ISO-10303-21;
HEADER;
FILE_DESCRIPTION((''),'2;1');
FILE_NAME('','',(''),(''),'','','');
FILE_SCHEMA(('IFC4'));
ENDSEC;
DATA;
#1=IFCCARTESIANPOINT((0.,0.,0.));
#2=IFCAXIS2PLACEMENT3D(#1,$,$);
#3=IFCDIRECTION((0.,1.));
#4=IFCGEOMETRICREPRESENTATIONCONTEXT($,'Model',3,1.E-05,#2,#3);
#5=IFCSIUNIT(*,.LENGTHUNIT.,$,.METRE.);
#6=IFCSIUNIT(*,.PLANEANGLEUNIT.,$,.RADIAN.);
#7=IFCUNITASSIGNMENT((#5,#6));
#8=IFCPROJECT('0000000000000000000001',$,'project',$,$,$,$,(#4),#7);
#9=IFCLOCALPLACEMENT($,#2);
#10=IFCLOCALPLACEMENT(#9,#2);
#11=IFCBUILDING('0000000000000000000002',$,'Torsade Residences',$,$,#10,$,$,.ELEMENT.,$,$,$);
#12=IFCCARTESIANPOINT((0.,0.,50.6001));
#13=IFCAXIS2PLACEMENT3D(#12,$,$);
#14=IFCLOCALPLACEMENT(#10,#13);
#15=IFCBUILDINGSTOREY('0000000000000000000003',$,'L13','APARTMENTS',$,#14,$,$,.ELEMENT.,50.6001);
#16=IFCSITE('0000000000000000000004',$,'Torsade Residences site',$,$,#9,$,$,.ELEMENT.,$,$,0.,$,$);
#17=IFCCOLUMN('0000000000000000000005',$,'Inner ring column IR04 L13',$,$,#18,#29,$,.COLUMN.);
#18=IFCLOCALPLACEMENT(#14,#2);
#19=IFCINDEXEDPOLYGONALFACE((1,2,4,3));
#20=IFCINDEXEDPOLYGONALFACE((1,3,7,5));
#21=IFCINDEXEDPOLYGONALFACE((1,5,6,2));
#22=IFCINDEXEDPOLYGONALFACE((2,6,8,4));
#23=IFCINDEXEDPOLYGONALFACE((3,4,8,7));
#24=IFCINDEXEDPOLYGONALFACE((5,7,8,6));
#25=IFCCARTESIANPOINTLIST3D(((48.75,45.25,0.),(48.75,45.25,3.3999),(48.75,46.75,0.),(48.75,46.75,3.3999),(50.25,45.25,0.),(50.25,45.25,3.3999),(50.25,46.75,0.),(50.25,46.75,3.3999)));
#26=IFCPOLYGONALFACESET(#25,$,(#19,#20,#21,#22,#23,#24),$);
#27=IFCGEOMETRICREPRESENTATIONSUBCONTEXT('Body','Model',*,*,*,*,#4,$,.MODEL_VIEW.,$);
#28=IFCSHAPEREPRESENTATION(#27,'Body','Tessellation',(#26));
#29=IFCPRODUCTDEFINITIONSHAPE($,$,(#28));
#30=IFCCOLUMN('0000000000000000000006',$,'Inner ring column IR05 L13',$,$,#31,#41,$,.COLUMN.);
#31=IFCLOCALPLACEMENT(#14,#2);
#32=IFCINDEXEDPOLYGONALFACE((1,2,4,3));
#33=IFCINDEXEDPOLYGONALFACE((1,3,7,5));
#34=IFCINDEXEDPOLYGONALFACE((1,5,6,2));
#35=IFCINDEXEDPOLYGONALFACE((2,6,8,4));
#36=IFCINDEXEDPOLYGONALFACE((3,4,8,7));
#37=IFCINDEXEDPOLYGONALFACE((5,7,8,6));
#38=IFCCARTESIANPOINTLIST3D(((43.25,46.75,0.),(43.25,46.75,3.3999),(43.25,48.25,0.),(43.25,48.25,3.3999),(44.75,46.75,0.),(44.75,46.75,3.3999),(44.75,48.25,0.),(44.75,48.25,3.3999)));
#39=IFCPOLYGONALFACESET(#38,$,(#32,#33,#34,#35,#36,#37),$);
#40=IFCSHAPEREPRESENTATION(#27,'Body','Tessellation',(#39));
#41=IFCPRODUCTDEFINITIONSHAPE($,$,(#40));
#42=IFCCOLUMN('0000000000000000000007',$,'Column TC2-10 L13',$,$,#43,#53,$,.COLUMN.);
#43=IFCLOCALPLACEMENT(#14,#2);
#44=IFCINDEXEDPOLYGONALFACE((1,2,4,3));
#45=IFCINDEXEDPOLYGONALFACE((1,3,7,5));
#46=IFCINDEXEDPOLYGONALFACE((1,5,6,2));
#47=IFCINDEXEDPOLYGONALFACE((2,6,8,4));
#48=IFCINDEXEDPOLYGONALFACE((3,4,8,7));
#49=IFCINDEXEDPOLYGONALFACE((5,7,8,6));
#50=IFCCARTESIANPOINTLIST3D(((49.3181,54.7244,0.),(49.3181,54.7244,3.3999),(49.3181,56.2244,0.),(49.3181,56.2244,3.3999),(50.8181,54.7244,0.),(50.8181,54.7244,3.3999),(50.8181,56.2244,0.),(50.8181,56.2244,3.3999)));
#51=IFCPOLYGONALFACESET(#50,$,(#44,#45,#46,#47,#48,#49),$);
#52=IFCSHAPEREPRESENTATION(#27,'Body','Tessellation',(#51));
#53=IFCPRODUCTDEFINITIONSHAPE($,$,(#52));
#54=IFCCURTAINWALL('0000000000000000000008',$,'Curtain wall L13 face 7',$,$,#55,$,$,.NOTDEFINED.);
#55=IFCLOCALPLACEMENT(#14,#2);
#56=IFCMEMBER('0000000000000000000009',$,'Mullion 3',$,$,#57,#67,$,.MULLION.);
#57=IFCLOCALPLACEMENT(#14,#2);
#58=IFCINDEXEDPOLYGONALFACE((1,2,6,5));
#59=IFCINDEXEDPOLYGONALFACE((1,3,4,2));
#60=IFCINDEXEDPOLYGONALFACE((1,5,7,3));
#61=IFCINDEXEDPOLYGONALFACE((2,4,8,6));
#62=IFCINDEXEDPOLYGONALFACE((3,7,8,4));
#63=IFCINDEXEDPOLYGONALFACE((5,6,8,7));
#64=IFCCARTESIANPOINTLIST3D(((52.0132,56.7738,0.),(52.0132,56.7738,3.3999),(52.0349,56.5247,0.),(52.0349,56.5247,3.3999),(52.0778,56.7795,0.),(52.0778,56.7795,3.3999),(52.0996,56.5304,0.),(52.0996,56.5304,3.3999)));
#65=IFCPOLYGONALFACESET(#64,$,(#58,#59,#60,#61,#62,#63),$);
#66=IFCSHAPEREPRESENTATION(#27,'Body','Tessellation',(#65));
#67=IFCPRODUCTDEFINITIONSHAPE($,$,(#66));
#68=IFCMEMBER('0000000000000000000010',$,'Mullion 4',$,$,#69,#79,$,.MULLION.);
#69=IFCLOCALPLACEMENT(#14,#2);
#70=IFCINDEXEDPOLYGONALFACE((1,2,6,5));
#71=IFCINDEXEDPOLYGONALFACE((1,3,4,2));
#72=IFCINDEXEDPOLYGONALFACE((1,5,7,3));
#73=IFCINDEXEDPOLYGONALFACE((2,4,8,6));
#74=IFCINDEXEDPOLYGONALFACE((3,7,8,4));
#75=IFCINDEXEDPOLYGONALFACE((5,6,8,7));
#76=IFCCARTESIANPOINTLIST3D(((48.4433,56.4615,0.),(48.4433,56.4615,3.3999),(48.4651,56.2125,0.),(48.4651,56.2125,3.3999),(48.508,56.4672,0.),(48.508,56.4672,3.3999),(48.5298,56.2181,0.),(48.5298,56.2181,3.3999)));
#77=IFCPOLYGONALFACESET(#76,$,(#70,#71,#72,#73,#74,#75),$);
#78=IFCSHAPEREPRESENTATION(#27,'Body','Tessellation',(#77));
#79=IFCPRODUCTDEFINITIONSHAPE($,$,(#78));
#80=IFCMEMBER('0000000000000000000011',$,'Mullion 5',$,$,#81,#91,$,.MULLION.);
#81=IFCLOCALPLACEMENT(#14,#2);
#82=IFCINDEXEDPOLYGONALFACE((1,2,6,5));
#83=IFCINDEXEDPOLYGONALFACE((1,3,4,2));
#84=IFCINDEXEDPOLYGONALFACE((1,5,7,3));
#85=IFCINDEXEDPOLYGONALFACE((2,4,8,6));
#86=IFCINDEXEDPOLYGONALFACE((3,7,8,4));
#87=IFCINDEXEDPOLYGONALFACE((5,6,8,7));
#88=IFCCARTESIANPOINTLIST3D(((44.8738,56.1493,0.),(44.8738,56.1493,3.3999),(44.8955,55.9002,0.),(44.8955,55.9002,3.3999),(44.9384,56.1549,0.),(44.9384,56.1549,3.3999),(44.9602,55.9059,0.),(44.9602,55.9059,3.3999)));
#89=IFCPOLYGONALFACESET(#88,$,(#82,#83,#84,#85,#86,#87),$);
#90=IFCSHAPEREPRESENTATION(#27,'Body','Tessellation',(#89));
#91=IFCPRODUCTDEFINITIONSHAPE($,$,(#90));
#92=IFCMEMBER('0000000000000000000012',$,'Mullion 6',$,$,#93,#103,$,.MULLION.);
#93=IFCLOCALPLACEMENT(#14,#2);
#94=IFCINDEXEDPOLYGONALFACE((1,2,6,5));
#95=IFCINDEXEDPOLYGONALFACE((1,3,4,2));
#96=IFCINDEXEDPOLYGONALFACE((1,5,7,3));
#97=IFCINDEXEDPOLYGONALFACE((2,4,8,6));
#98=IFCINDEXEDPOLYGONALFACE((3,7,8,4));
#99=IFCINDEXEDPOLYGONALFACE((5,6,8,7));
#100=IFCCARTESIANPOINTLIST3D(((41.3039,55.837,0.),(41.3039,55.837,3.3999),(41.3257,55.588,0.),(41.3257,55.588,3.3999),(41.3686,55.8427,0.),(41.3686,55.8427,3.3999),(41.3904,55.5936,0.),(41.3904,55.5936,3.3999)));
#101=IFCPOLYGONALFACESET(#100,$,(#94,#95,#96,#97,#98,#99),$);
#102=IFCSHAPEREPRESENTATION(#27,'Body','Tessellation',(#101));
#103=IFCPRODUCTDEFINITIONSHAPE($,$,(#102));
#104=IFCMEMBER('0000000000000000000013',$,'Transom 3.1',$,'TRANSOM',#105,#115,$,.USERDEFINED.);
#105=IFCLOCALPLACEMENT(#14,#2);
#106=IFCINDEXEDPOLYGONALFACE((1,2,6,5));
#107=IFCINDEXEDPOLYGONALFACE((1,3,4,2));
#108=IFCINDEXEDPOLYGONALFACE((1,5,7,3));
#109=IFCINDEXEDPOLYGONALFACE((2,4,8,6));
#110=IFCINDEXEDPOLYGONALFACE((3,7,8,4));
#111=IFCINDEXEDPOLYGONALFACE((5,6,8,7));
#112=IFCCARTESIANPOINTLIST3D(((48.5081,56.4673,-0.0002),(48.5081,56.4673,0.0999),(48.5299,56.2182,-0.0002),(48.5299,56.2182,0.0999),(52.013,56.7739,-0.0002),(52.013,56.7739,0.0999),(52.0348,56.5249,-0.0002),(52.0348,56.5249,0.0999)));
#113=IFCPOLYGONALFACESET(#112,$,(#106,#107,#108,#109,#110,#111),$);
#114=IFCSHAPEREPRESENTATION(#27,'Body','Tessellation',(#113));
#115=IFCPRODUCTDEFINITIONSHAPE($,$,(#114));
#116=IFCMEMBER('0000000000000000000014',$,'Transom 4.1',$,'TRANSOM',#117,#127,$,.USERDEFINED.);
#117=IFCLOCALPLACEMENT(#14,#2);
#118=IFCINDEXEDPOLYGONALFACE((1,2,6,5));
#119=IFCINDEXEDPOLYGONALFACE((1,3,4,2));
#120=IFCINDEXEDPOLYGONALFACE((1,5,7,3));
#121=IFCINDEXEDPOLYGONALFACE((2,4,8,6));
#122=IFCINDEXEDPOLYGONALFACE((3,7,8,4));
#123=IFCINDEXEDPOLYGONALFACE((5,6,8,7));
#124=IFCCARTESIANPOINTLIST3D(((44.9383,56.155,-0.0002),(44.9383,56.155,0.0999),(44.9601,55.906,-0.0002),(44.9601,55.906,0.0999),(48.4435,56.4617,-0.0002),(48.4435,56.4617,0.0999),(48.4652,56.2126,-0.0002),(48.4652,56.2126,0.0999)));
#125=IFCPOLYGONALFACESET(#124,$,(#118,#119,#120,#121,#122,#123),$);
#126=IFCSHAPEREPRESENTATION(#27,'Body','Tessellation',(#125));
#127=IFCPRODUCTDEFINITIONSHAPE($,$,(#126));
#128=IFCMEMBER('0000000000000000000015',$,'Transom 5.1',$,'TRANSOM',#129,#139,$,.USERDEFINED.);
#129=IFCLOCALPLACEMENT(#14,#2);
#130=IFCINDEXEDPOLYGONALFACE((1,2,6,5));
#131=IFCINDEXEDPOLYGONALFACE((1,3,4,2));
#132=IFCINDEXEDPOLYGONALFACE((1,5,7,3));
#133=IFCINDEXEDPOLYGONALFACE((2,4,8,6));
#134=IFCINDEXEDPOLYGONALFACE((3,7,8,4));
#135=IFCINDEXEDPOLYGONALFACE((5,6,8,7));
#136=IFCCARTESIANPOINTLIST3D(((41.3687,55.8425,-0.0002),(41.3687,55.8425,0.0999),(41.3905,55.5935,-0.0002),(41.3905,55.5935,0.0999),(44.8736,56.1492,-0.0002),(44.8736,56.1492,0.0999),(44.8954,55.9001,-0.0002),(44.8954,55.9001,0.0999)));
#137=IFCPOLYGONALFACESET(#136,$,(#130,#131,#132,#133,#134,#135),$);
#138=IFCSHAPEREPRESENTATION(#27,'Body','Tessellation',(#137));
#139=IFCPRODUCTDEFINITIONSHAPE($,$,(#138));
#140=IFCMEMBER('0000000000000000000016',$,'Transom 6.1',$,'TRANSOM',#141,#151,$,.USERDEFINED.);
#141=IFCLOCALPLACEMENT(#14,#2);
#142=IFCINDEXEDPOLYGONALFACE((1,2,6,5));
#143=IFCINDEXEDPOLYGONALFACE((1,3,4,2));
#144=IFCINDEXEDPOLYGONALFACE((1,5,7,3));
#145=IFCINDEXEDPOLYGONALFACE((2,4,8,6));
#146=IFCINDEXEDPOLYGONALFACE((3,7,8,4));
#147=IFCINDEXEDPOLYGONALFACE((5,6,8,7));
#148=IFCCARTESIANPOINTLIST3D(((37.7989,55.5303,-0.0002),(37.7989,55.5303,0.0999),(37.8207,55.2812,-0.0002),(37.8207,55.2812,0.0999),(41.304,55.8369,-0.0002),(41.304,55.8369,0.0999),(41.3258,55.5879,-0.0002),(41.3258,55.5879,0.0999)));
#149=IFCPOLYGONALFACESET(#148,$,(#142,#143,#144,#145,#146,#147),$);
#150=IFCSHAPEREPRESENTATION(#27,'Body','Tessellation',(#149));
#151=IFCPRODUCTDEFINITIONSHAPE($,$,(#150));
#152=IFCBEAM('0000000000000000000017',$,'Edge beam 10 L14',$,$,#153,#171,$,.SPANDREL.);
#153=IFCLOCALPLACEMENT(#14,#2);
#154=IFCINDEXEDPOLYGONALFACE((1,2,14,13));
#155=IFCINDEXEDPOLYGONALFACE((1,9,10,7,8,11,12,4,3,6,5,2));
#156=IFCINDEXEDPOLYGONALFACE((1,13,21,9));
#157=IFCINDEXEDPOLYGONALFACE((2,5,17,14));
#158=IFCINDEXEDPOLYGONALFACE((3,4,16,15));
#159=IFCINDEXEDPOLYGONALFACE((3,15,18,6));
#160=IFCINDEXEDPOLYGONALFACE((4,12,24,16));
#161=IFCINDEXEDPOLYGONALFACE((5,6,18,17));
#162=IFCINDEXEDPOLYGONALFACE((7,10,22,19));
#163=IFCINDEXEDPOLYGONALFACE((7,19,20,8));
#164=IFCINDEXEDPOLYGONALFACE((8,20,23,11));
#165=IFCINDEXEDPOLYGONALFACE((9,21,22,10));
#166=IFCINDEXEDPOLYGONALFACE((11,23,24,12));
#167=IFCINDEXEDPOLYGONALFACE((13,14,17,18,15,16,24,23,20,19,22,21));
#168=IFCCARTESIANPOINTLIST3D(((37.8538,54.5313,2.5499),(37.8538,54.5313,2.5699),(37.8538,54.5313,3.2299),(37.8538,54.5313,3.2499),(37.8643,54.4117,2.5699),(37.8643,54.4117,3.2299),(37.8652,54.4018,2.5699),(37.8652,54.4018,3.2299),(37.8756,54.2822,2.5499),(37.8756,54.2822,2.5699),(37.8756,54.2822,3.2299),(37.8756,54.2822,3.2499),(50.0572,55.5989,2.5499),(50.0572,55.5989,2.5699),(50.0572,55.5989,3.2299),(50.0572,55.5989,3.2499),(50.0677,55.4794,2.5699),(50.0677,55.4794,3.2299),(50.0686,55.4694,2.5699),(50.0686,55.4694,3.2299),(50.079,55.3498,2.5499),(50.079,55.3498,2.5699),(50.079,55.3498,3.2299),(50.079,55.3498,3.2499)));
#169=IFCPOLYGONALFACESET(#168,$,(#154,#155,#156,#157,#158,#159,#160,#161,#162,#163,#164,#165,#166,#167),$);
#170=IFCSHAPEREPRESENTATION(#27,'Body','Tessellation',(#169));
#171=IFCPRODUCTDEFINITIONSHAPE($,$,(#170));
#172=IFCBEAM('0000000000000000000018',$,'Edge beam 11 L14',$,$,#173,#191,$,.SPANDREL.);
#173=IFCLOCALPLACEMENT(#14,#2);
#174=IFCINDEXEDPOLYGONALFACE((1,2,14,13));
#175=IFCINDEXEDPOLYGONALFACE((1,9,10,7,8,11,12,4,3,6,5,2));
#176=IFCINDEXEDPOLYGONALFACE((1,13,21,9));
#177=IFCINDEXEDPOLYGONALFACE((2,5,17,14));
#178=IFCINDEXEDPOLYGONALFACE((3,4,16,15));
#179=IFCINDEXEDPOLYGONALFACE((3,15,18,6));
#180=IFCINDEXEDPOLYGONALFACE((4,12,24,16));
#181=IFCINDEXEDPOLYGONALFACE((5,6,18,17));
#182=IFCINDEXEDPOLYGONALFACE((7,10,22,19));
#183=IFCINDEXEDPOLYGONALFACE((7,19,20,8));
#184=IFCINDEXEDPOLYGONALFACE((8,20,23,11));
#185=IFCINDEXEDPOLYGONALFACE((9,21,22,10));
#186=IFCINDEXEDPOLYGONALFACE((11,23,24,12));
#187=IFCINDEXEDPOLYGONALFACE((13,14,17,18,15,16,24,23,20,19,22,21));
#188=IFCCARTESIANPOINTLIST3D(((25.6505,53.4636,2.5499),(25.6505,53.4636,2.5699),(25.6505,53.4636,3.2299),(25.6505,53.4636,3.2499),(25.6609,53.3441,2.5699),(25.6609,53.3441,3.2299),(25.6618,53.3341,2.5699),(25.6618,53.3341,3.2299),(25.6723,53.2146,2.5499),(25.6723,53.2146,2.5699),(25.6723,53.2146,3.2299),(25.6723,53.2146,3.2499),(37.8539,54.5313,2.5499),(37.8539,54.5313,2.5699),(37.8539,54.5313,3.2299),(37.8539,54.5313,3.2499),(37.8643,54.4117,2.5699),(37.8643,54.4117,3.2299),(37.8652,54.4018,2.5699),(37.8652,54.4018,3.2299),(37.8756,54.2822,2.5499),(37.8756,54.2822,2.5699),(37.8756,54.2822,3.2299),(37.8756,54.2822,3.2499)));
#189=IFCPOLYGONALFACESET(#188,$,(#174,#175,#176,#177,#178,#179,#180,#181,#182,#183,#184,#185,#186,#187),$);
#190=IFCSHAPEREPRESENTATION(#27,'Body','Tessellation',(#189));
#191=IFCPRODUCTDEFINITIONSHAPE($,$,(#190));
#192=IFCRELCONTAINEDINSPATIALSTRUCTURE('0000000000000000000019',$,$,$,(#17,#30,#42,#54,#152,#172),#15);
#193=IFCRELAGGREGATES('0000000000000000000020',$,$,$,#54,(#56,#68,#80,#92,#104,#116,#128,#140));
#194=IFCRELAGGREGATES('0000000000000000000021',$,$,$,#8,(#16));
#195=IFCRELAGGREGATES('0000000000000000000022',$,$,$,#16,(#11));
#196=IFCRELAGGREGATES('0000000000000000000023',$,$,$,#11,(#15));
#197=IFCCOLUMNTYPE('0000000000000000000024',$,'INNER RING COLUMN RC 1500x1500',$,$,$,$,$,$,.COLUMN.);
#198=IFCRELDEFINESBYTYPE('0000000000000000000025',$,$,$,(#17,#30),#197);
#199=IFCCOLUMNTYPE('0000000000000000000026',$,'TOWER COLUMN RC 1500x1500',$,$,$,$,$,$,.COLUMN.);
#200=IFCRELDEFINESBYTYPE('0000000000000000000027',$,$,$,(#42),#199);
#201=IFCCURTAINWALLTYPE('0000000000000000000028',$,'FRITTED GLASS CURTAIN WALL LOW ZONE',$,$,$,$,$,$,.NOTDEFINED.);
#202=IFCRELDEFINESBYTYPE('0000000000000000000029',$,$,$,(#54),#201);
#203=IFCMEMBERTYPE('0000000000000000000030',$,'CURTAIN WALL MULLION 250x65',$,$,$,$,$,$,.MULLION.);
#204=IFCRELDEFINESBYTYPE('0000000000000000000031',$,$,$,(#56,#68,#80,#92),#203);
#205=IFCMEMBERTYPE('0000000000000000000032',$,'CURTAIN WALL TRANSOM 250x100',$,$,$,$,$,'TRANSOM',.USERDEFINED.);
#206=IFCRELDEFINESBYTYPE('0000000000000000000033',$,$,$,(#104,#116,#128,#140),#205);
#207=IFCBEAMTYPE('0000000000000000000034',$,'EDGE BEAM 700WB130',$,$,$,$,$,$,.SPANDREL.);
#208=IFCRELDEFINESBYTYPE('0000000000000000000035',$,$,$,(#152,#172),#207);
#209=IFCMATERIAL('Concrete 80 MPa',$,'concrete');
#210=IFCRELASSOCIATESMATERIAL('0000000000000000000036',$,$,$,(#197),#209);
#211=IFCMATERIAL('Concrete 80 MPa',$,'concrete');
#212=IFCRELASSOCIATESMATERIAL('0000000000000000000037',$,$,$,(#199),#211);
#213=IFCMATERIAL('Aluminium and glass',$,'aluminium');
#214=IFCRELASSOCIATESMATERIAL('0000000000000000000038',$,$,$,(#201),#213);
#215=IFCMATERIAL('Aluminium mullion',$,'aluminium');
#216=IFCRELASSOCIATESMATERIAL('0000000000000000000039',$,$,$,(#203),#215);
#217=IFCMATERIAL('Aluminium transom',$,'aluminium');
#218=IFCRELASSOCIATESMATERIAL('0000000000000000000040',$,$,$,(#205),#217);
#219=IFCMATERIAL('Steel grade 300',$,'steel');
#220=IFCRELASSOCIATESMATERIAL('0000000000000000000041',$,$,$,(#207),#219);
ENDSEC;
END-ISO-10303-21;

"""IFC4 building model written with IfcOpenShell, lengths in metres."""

from ifc_helpers import new_model, si_unit, direction, frame, origin, origin_2d, place, context, subcontext, project, spatial, rectangle, i_section, extrude, material, material_profile, profile_set, type_object, element, aggregate, save


model = new_model("IFC4")

# Units and contexts
model_context = context("Model", 3, precision=1e-05, world=origin(), true_north=direction((0.0, 1.0)))
body_context = subcontext(model_context, "Body", "Model", "MODEL_VIEW")
ifc_project = project(units=[si_unit("LENGTHUNIT", "METRE"), si_unit("PLANEANGLEUNIT", "RADIAN")], contexts=[model_context])

# Site, building, storey
site_placement = place(None, origin())
site = spatial("IfcSite", under=ifc_project, at=site_placement, Name="Torsade Residences site", CompositionType="ELEMENT", RefElevation=0.0)
building_placement = place(site_placement, origin())
building = spatial("IfcBuilding", under=site, at=building_placement, Name="Torsade Residences", CompositionType="ELEMENT")
storey_placement = place(building_placement, frame((0.0, 0.0, 50.6001)))
storey = spatial("IfcBuildingStorey", under=building, at=storey_placement, Name="L13", Description="APARTMENTS", CompositionType="ELEMENT", Elevation=50.6001)

# Columns
ifc_material_1 = material(Name="Concrete 80 MPa", Category="concrete")
ifc_material_profile_1 = material_profile(ifc_material_1, rectangle(XDim=1.5, YDim=1.5, at=origin_2d()), Name="RC 1500x1500")
ifc_profile_set_1 = profile_set([ifc_material_profile_1], Name="Concrete 80 MPa")
column_type_1 = type_object("IfcColumnType", Name="INNER RING COLUMN RC 1500x1500", PredefinedType="COLUMN", material=ifc_profile_set_1)
for number, where, z_axis, x_axis, name in (
    (1, (49.5, 46.0, 0.0), (0.0, 0.0, 1.0), (1.0, 0.0, 0.0), "Inner ring column IR04 L13"),
    (2, (44.0, 47.5, 0.0), (0.0, 0.0, 1.0), (1.0, 0.0, 0.0), "Inner ring column IR05 L13"),
):
    element("IfcColumn", number, at=place(storey_placement, frame(where, z_axis=z_axis, x_axis=x_axis)), inside=storey, type_object=column_type_1, Name=name, PredefinedType="COLUMN", context=body_context, shape_type="SweptSolid", body=[
        extrude(rectangle(XDim=1.5, YDim=1.5, at=origin_2d()), origin(), (0.0, 0.0, 1.0), 3.3999),
    ])
ifc_material_2 = material(Name="Concrete 80 MPa", Category="concrete")
ifc_material_profile_2 = material_profile(ifc_material_2, rectangle(XDim=1.5, YDim=1.5, at=origin_2d()), Name="RC 1500x1500")
ifc_profile_set_2 = profile_set([ifc_material_profile_2], Name="Concrete 80 MPa")
column_type_2 = type_object("IfcColumnType", Name="TOWER COLUMN RC 1500x1500", PredefinedType="COLUMN", material=ifc_profile_set_2)
column_placement = place(storey_placement, frame((50.0681, 55.4744, 0.0), z_axis=(0.0, 0.0, 1.0), x_axis=(1.0, 0.0, 0.0)))
element("IfcColumn", 3, at=column_placement, inside=storey, type_object=column_type_2, Name="Column TC2-10 L13", PredefinedType="COLUMN", context=body_context, shape_type="SweptSolid", body=[
    extrude(rectangle(XDim=1.5, YDim=1.5, at=origin_2d()), origin(), (0.0, 0.0, 1.0), 3.3999),
])

# Curtain wall, members
ifc_material_3 = material(Name="Aluminium and glass", Category="aluminium")
curtain_wall_type = type_object("IfcCurtainWallType", Name="FRITTED GLASS CURTAIN WALL LOW ZONE", PredefinedType="NOTDEFINED", material=ifc_material_3)
curtain_wall_placement = place(storey_placement, origin())
curtain_wall = element("IfcCurtainWall", 4, at=curtain_wall_placement, inside=storey, type_object=curtain_wall_type, Name="Curtain wall L13 face 7", PredefinedType="NOTDEFINED")
ifc_material_4 = material(Name="Aluminium mullion", Category="aluminium")
ifc_material_profile_3 = material_profile(ifc_material_4, rectangle(XDim=0.25, YDim=0.0649, at=origin_2d()), Name="CURTAIN WALL MULLION 250x65")
ifc_profile_set_3 = profile_set([ifc_material_profile_3], Name="Aluminium mullion")
member_type_1 = type_object("IfcMemberType", Name="CURTAIN WALL MULLION 250x65", PredefinedType="MULLION", material=ifc_profile_set_3)
member_1_placement = place(storey_placement, frame((52.0564, 56.6521, 0.0), z_axis=(0.0, 0.0, 1.0), x_axis=(0.087156, -0.996195, 0.0)))
member_1 = element("IfcMember", 5, at=member_1_placement, type_object=member_type_1, Name="Mullion 3", PredefinedType="MULLION", context=body_context, shape_type="SweptSolid", body=[
    extrude(rectangle(XDim=0.25, YDim=0.0649, at=origin_2d()), origin(), (0.0, 0.0, 1.0), 3.3999),
])
member_2_placement = place(storey_placement, frame((48.4866, 56.3398, 0.0), z_axis=(0.0, 0.0, 1.0), x_axis=(0.087156, -0.996195, 0.0)))
member_2 = element("IfcMember", 6, at=member_2_placement, type_object=member_type_1, Name="Mullion 4", PredefinedType="MULLION", context=body_context, shape_type="SweptSolid", body=[
    extrude(rectangle(XDim=0.25, YDim=0.0649, at=origin_2d()), origin(), (0.0, 0.0, 1.0), 3.3999),
])
member_3_placement = place(storey_placement, frame((44.917, 56.0276, 0.0), z_axis=(0.0, 0.0, 1.0), x_axis=(0.087156, -0.996195, 0.0)))
member_3 = element("IfcMember", 7, at=member_3_placement, type_object=member_type_1, Name="Mullion 5", PredefinedType="MULLION", context=body_context, shape_type="SweptSolid", body=[
    extrude(rectangle(XDim=0.25, YDim=0.0649, at=origin_2d()), origin(), (0.0, 0.0, 1.0), 3.3999),
])
member_4_placement = place(storey_placement, frame((41.3472, 55.7153, 0.0), z_axis=(0.0, 0.0, 1.0), x_axis=(0.087156, -0.996195, 0.0)))
member_4 = element("IfcMember", 8, at=member_4_placement, type_object=member_type_1, Name="Mullion 6", PredefinedType="MULLION", context=body_context, shape_type="SweptSolid", body=[
    extrude(rectangle(XDim=0.25, YDim=0.0649, at=origin_2d()), origin(), (0.0, 0.0, 1.0), 3.3999),
])
ifc_material_5 = material(Name="Aluminium transom", Category="aluminium")
ifc_material_profile_4 = material_profile(ifc_material_5, rectangle(XDim=0.25, YDim=0.1001, at=origin_2d()), Name="CURTAIN WALL TRANSOM 250x100")
ifc_profile_set_4 = profile_set([ifc_material_profile_4], Name="Aluminium transom")
member_type_2 = type_object("IfcMemberType", Name="CURTAIN WALL TRANSOM 250x100", ElementType="TRANSOM", PredefinedType="USERDEFINED", material=ifc_profile_set_4)
member_5_placement = place(storey_placement, frame((52.0239, 56.6494, 0.0498), z_axis=(-0.996195, -0.087157, 0.0), x_axis=(0.087157, -0.996195, 0.0)))
member_5 = element("IfcMember", 9, at=member_5_placement, type_object=member_type_2, Name="Transom 3.1", ObjectType="TRANSOM", PredefinedType="USERDEFINED", context=body_context, shape_type="SweptSolid", body=[
    extrude(rectangle(XDim=0.25, YDim=0.1001, at=origin_2d()), origin(), (0.0, 0.0, 1.0), 3.5183),
])
member_6_placement = place(storey_placement, frame((48.4543, 56.3372, 0.0498), z_axis=(-0.996195, -0.087151, 0.0), x_axis=(0.087151, -0.996195, 0.0)))
member_6 = element("IfcMember", 10, at=member_6_placement, type_object=member_type_2, Name="Transom 4.1", ObjectType="TRANSOM", PredefinedType="USERDEFINED", context=body_context, shape_type="SweptSolid", body=[
    extrude(rectangle(XDim=0.25, YDim=0.1001, at=origin_2d()), origin(), (0.0, 0.0, 1.0), 3.5186),
])
member_7_placement = place(storey_placement, frame((44.8845, 56.0247, 0.0498), z_axis=(-0.996195, -0.087157, 0.0), x_axis=(0.087157, -0.996195, 0.0)))
member_7 = element("IfcMember", 11, at=member_7_placement, type_object=member_type_2, Name="Transom 5.1", ObjectType="TRANSOM", PredefinedType="USERDEFINED", context=body_context, shape_type="SweptSolid", body=[
    extrude(rectangle(XDim=0.25, YDim=0.1001, at=origin_2d()), origin(), (0.0, 0.0, 1.0), 3.5183),
])
member_8_placement = place(storey_placement, frame((41.3149, 55.7124, 0.0498), z_axis=(-0.996195, -0.087151, 0.0), x_axis=(0.087151, -0.996195, 0.0)))
member_8 = element("IfcMember", 12, at=member_8_placement, type_object=member_type_2, Name="Transom 6.1", ObjectType="TRANSOM", PredefinedType="USERDEFINED", context=body_context, shape_type="SweptSolid", body=[
    extrude(rectangle(XDim=0.25, YDim=0.1001, at=origin_2d()), origin(), (0.0, 0.0, 1.0), 3.5186),
])

# Beams
ifc_material_6 = material(Name="Steel grade 300", Category="steel")
ifc_material_profile_5 = material_profile(ifc_material_6, i_section(OverallWidth=0.25, OverallDepth=0.7, WebThickness=0.01, FlangeThickness=0.02, at=origin_2d()), Name="700WB130")
ifc_profile_set_5 = profile_set([ifc_material_profile_5], Name="Steel grade 300")
beam_type_1 = type_object("IfcBeamType", Name="EDGE BEAM 700WB130", PredefinedType="SPANDREL", material=ifc_profile_set_5)
for number, where, z_axis, x_axis, name in (
    (13, (50.0681, 55.4744, 2.8999), (-0.996195, -0.087153, 0.0), (0.087153, -0.996195, 0.0), "Edge beam 10 L14"),
    (14, (37.8647, 54.4067, 2.8999), (-0.996195, -0.087153, 0.0), (0.087153, -0.996195, 0.0), "Edge beam 11 L14"),
):
    element("IfcBeam", number, at=place(storey_placement, frame(where, z_axis=z_axis, x_axis=x_axis)), inside=storey, type_object=beam_type_1, Name=name, PredefinedType="SPANDREL", context=body_context, shape_type="SweptSolid", body=[
        extrude(i_section(OverallWidth=0.25, OverallDepth=0.7, WebThickness=0.01, FlangeThickness=0.02, at=origin_2d()), origin(), (0.0, 0.0, 1.0), 12.25),
    ])

aggregate(curtain_wall, [member_1, member_2, member_3, member_4, member_5, member_6, member_7, member_8])

save(model, "model.ifc")
